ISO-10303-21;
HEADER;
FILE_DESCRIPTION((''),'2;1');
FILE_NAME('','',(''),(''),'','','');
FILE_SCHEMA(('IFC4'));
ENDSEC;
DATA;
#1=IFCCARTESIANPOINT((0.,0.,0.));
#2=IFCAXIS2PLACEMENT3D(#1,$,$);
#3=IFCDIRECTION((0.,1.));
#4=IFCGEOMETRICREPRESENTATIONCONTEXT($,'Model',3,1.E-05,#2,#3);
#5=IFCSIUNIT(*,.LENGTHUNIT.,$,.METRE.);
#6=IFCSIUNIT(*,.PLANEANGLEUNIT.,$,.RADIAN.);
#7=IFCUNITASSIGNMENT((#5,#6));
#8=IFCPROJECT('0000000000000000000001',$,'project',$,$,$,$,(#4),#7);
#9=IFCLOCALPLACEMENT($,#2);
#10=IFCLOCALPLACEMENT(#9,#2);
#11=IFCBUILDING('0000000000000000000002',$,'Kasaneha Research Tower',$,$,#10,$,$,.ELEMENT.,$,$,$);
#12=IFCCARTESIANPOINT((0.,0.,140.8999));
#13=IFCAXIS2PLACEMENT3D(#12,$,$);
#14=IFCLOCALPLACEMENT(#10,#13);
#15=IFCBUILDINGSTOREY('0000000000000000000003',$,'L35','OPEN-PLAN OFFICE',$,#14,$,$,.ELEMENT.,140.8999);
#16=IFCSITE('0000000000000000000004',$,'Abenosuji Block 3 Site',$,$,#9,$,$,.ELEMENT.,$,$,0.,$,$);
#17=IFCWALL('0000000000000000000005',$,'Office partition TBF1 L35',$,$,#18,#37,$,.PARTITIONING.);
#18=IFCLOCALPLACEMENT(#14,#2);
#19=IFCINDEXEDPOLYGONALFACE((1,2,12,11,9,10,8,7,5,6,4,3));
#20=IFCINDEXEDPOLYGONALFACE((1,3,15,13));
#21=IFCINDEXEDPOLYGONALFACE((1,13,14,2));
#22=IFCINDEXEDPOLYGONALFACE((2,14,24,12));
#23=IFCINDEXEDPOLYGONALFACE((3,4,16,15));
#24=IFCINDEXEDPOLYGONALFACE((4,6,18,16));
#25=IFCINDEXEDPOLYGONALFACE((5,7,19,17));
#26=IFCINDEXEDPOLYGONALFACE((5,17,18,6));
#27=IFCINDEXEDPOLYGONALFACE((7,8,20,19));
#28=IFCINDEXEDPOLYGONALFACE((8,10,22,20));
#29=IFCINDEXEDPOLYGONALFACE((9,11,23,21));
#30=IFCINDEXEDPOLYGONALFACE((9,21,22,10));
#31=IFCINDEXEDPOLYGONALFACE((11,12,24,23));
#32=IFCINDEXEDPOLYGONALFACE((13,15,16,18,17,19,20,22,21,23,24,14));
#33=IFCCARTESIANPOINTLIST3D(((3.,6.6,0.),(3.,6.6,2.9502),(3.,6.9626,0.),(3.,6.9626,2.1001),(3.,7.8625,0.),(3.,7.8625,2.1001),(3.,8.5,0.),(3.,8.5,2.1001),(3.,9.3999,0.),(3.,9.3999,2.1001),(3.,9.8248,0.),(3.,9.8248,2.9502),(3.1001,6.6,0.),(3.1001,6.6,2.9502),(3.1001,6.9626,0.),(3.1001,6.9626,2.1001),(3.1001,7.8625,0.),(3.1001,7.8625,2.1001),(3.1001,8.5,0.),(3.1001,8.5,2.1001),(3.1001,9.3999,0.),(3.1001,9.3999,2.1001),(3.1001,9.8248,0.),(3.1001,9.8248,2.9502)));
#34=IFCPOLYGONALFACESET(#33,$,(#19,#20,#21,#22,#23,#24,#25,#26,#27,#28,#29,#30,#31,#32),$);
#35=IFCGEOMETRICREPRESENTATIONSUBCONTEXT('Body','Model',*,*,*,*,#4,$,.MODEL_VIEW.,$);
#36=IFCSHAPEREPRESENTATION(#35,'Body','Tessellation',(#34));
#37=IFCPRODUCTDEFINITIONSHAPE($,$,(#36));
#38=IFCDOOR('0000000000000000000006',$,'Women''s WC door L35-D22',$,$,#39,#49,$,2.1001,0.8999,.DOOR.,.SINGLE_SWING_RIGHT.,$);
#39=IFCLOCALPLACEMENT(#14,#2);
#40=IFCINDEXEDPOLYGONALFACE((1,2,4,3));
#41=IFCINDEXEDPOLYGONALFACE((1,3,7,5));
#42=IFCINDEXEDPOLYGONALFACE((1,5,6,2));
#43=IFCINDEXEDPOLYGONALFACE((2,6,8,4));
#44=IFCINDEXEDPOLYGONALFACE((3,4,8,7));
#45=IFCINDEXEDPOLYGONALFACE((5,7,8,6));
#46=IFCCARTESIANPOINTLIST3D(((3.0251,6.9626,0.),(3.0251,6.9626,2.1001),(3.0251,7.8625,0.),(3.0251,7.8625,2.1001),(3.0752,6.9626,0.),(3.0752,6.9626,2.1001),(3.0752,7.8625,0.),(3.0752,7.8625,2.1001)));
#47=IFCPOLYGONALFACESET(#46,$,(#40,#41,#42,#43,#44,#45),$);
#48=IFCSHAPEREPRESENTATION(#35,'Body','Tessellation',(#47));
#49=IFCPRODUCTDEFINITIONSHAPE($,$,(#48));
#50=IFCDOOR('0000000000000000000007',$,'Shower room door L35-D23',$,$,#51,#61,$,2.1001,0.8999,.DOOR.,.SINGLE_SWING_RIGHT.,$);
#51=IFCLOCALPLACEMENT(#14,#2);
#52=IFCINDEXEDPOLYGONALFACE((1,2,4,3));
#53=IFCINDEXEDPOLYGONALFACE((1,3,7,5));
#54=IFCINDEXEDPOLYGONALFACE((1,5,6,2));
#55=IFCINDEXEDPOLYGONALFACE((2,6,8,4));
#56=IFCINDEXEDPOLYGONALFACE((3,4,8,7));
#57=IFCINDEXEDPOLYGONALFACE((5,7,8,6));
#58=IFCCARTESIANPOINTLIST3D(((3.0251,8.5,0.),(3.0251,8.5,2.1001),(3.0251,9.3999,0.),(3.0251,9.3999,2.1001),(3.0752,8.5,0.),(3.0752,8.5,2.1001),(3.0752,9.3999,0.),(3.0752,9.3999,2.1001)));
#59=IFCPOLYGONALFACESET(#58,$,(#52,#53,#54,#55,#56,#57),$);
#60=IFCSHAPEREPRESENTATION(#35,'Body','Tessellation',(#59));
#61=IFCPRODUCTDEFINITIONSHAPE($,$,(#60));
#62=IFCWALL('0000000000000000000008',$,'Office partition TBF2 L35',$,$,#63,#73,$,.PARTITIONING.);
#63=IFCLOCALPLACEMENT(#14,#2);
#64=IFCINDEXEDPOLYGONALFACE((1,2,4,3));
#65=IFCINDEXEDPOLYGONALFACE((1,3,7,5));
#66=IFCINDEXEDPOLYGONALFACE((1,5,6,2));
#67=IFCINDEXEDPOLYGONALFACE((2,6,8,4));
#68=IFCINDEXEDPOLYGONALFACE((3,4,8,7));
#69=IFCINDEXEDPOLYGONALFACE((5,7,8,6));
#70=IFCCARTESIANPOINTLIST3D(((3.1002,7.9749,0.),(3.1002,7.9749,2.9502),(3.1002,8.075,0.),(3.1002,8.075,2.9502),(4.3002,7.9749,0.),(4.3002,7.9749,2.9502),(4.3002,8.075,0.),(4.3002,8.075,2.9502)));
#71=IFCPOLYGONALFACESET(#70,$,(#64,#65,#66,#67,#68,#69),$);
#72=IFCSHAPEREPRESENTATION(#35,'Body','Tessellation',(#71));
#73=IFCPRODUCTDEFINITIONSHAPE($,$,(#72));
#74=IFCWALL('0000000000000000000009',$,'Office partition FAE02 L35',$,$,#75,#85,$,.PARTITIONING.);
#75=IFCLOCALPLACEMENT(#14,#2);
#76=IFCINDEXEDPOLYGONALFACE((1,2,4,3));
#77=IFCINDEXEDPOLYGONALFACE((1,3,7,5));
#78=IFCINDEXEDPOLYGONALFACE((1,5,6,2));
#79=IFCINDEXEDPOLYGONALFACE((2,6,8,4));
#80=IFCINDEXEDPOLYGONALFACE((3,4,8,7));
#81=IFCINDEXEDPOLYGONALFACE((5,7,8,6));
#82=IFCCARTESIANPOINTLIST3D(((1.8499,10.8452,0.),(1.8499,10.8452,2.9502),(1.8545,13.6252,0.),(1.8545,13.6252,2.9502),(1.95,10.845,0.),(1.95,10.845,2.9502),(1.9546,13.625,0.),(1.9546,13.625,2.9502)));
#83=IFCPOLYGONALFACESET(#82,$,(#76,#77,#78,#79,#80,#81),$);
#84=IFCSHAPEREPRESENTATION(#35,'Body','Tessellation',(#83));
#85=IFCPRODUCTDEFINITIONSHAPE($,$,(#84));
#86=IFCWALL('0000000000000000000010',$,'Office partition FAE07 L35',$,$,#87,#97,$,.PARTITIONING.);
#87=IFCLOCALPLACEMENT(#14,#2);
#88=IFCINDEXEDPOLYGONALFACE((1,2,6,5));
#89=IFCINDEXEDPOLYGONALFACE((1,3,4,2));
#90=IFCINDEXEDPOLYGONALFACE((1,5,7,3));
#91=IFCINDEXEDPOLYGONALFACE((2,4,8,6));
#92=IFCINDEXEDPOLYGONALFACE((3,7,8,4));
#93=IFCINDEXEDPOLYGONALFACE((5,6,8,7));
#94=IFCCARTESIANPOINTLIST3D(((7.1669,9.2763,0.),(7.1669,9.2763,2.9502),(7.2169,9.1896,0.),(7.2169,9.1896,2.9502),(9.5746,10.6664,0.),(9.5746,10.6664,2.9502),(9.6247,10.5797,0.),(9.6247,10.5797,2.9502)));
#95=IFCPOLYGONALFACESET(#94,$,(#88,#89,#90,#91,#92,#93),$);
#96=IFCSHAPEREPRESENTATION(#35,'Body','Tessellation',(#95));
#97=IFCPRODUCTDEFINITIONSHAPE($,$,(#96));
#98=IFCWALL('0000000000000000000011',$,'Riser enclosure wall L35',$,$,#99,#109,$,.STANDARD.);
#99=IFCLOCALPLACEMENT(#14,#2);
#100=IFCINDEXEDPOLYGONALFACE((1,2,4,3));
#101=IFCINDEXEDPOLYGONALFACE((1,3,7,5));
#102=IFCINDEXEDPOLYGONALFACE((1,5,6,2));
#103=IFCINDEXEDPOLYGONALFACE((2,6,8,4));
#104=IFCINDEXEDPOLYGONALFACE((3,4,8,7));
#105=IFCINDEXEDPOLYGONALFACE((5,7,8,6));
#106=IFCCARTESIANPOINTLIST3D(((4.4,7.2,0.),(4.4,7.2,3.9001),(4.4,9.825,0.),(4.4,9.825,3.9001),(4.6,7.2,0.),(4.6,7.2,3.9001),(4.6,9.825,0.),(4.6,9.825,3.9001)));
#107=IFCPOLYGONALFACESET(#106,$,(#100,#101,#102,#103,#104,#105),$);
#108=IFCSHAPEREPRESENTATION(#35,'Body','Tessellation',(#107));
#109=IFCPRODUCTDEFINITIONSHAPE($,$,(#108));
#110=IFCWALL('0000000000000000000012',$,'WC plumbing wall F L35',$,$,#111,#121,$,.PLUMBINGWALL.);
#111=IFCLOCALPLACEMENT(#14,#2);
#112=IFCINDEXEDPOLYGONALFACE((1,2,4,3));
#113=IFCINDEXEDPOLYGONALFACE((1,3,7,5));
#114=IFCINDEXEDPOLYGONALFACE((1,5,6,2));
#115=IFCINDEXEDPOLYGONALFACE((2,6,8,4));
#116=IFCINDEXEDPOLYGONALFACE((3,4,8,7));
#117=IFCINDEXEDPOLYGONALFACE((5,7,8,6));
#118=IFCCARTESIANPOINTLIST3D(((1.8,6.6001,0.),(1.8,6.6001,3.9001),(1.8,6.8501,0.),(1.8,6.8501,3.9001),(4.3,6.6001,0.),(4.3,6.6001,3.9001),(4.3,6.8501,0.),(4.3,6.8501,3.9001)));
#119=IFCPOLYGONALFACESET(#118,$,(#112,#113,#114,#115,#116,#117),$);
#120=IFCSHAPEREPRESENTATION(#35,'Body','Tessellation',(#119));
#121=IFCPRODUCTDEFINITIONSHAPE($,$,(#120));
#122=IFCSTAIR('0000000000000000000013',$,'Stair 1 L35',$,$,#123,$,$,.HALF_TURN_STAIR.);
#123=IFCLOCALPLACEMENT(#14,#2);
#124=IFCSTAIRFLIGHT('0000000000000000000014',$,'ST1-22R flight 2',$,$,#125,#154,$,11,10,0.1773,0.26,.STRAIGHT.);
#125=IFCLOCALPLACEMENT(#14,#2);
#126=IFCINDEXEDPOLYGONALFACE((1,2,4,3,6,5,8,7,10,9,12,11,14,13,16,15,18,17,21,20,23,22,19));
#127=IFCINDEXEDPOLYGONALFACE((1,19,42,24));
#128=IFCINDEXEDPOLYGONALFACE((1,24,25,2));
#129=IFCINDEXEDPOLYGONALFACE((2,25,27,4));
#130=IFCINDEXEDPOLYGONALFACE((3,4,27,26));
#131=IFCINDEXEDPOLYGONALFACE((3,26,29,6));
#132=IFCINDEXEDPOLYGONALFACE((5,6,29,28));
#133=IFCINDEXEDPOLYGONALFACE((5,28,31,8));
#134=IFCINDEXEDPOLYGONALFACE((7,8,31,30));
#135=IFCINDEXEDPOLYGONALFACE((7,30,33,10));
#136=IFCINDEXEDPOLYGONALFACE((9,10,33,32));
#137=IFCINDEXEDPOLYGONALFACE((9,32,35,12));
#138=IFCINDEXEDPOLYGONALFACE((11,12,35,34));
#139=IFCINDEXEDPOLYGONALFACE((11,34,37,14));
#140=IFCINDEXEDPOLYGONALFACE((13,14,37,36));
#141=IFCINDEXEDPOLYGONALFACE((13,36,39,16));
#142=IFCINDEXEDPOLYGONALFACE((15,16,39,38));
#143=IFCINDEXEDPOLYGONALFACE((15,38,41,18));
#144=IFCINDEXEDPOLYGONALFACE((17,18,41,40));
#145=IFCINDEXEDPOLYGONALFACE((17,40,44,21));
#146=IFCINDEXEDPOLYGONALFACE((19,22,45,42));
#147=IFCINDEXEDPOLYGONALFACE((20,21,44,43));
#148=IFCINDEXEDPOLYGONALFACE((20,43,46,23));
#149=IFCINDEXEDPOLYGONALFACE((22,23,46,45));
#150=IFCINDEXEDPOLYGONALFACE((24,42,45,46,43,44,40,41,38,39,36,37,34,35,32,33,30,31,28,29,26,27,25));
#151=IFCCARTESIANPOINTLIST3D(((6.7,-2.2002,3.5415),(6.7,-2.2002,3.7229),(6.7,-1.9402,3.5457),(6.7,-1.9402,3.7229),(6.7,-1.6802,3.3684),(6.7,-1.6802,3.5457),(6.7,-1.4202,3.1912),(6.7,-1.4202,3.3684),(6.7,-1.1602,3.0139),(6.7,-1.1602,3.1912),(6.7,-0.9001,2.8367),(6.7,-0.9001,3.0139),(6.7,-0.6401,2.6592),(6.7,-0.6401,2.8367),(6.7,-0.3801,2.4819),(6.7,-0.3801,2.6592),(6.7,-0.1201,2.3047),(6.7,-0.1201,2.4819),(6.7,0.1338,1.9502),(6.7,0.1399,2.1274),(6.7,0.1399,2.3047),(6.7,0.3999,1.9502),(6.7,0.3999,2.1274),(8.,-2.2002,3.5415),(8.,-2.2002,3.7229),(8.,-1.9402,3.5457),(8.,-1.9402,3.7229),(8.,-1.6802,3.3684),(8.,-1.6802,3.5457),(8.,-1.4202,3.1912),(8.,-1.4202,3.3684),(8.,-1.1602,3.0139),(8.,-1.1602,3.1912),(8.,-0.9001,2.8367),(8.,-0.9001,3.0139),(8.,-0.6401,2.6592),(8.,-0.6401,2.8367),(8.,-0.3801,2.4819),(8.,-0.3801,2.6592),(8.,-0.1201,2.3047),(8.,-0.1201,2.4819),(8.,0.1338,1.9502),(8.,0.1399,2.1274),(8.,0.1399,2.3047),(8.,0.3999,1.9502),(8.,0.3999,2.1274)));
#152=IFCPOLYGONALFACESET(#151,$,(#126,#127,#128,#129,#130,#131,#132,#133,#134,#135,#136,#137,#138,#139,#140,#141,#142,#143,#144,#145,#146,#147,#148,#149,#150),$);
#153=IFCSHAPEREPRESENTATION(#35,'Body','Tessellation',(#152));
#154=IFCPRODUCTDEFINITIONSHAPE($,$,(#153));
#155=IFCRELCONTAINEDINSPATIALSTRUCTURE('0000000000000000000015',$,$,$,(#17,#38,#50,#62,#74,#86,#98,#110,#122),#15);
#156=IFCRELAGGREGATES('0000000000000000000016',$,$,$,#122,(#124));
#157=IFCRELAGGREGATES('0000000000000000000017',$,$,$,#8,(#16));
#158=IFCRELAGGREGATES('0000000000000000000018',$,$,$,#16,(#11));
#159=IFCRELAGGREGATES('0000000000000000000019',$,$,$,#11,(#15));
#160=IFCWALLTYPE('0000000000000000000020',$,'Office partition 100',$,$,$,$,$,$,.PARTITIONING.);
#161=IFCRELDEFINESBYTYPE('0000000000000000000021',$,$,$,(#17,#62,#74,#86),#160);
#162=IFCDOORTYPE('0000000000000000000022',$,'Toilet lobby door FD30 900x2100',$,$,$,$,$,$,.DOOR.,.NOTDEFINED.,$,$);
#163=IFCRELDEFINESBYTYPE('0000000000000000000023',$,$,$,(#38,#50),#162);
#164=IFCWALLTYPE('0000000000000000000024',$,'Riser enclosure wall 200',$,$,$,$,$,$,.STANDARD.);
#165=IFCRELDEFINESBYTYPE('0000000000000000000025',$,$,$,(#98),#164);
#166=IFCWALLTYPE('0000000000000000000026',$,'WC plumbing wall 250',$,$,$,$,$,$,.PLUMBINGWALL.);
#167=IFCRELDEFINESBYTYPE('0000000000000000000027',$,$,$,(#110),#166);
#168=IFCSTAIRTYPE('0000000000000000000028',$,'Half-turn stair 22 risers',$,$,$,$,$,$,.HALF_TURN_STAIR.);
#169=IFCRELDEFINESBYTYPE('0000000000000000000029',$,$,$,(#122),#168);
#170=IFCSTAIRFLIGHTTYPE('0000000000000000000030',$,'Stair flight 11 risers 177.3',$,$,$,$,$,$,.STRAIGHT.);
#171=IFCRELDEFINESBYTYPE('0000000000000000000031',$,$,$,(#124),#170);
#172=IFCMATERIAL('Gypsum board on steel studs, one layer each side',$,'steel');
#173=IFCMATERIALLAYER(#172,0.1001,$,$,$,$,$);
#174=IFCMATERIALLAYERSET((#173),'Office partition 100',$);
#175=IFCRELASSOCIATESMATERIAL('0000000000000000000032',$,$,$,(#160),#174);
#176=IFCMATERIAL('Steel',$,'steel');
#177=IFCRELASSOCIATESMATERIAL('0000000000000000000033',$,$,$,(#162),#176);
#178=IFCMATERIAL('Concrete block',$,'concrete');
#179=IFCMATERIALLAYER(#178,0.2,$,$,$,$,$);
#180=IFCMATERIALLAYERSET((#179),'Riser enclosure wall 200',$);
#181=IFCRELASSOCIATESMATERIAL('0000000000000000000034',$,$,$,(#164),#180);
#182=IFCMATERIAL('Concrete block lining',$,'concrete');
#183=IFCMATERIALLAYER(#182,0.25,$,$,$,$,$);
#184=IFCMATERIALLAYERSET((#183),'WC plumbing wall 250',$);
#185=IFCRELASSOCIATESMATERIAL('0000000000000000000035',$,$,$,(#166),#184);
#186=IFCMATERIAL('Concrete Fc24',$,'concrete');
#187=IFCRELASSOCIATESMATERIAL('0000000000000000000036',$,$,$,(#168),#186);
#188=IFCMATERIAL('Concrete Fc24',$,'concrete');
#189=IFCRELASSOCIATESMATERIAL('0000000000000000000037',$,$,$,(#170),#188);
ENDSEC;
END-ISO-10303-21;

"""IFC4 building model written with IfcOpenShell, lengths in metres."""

from ifc_helpers import new_model, si_unit, direction, frame, frame_2d, origin, place, context, subcontext, project, spatial, polyline, rectangle, outline, extrude, material, layer, layer_set, type_object, element, fill, aggregate, save


model = new_model("IFC4")

# Units and contexts
model_context = context("Model", 3, precision=1e-05, world=origin(), true_north=direction((0.0, 1.0)))
body_context = subcontext(model_context, "Body", "Model", "MODEL_VIEW")
ifc_project = project(units=[si_unit("LENGTHUNIT", "METRE"), si_unit("PLANEANGLEUNIT", "RADIAN")], contexts=[model_context])

# Site, building, storey
site_placement = place(None, origin())
site = spatial("IfcSite", under=ifc_project, at=site_placement, Name="Abenosuji Block 3 Site", CompositionType="ELEMENT", RefElevation=0.0)
building_placement = place(site_placement, origin())
building = spatial("IfcBuilding", under=site, at=building_placement, Name="Kasaneha Research Tower", CompositionType="ELEMENT")
storey_placement = place(building_placement, frame((0.0, 0.0, 140.8999)))
storey = spatial("IfcBuildingStorey", under=building, at=storey_placement, Name="L35", Description="OPEN-PLAN OFFICE", CompositionType="ELEMENT", Elevation=140.8999)

# Wall, openings, doors
ifc_material_1 = material(Name="Gypsum board on steel studs, one layer each side", Category="steel")
ifc_layer_1 = layer(ifc_material_1, 0.1001)
ifc_layer_set_1 = layer_set([ifc_layer_1], Name="Office partition 100")
wall_type_1 = type_object("IfcWallType", Name="Office partition 100", PredefinedType="PARTITIONING", material=ifc_layer_set_1)
wall_1_placement = place(storey_placement, frame((3.05, 6.6001, 0.0), z_axis=(0.0, 0.0, 1.0), x_axis=(0.0, 1.0, 0.0)))
wall_1 = element("IfcWall", 1, at=wall_1_placement, inside=storey, type_object=wall_type_1, Name="Office partition TBF1 L35", PredefinedType="PARTITIONING", context=body_context, shape_type="SweptSolid", body=[
    extrude(rectangle(XDim=3.2249, YDim=0.1001, at=frame_2d((1.6123, 0.0))), origin(), (0.0, 0.0, 1.0), 2.9502),
])
opening_1_placement = place(wall_1_placement, frame((0.3625, 0.0, 0.0)))
opening_1 = element("IfcOpeningElement", 2, at=opening_1_placement, cuts=wall_1, PredefinedType="OPENING", context=body_context, shape_type="SweptSolid", body=[
    extrude(rectangle(XDim=0.8999, YDim=2.1001, at=frame_2d((0.45, 1.05))), frame((0.0, 0.0601, 0.0), z_axis=(0.0, -1.0, 0.0), x_axis=(1.0, 0.0, 0.0)), (0.0, 0.0, 1.0), 0.1201),
])
opening_2_placement = place(wall_1_placement, frame((1.8999, 0.0, 0.0)))
opening_2 = element("IfcOpeningElement", 3, at=opening_2_placement, cuts=wall_1, PredefinedType="OPENING", context=body_context, shape_type="SweptSolid", body=[
    extrude(rectangle(XDim=0.8999, YDim=2.1001, at=frame_2d((0.45, 1.05))), frame((0.0, 0.0601, 0.0), z_axis=(0.0, -1.0, 0.0), x_axis=(1.0, 0.0, 0.0)), (0.0, 0.0, 1.0), 0.1201),
])
ifc_material_2 = material(Name="Steel", Category="steel")
door_type_1 = type_object("IfcDoorType", Name="Toilet lobby door FD30 900x2100", OperationType="NOTDEFINED", PredefinedType="DOOR", material=ifc_material_2)
door_1_placement = place(opening_1_placement, origin())
door_1 = element("IfcDoor", 4, at=door_1_placement, inside=storey, type_object=door_type_1, Name="Women's WC door L35-D22", OperationType="SINGLE_SWING_RIGHT", OverallHeight=2.1001, OverallWidth=0.8999, PredefinedType="DOOR", context=body_context, shape_type="SweptSolid", body=[
    extrude(rectangle(XDim=0.8999, YDim=2.1001, at=frame_2d((0.45, 1.05))), frame((0.0, 0.0249, 0.0), z_axis=(0.0, -1.0, 0.0), x_axis=(1.0, 0.0, 0.0)), (0.0, 0.0, 1.0), 0.05),
])
fill(opening_1, door_1)
door_2_placement = place(opening_2_placement, origin())
door_2 = element("IfcDoor", 5, at=door_2_placement, inside=storey, type_object=door_type_1, Name="Shower room door L35-D23", OperationType="SINGLE_SWING_RIGHT", OverallHeight=2.1001, OverallWidth=0.8999, PredefinedType="DOOR", context=body_context, shape_type="SweptSolid", body=[
    extrude(rectangle(XDim=0.8999, YDim=2.1001, at=frame_2d((0.45, 1.05))), frame((0.0, 0.0249, 0.0), z_axis=(0.0, -1.0, 0.0), x_axis=(1.0, 0.0, 0.0)), (0.0, 0.0, 1.0), 0.05),
])
fill(opening_2, door_2)

# Walls
wall_2_placement = place(storey_placement, frame((3.1001, 8.0249, 0.0), z_axis=(0.0, 0.0, 1.0), x_axis=(1.0, 0.0, 0.0)))
element("IfcWall", 6, at=wall_2_placement, inside=storey, type_object=wall_type_1, Name="Office partition TBF2 L35", PredefinedType="PARTITIONING", context=body_context, shape_type="SweptSolid", body=[
    extrude(rectangle(XDim=1.2, YDim=0.1001, at=frame_2d((0.6001, 0.0))), origin(), (0.0, 0.0, 1.0), 2.9502),
])
wall_3_placement = place(storey_placement, frame((1.8999, 10.845, 0.0), z_axis=(0.0, 0.0, 1.0), x_axis=(0.001669, 0.999999, 0.0)))
element("IfcWall", 7, at=wall_3_placement, inside=storey, type_object=wall_type_1, Name="Office partition FAE02 L35", PredefinedType="PARTITIONING", context=body_context, shape_type="SweptSolid", body=[
    extrude(rectangle(XDim=2.78, YDim=0.1001, at=frame_2d((1.3901, 0.0))), origin(), (0.0, 0.0, 1.0), 2.9502),
])
wall_4_placement = place(storey_placement, frame((7.1919, 9.2329, 0.0), z_axis=(0.0, 0.0, 1.0), x_axis=(0.866019, 0.500011, 0.0)))
element("IfcWall", 8, at=wall_4_placement, inside=storey, type_object=wall_type_1, Name="Office partition FAE07 L35", PredefinedType="PARTITIONING", context=body_context, shape_type="SweptSolid", body=[
    extrude(rectangle(XDim=2.7803, YDim=0.1001, at=frame_2d((1.3901, 0.0))), origin(), (0.0, 0.0, 1.0), 2.9502),
])
ifc_material_3 = material(Name="Concrete block", Category="concrete")
ifc_layer_2 = layer(ifc_material_3, 0.2)
ifc_layer_set_2 = layer_set([ifc_layer_2], Name="Riser enclosure wall 200")
wall_type_2 = type_object("IfcWallType", Name="Riser enclosure wall 200", PredefinedType="STANDARD", material=ifc_layer_set_2)
wall_5_placement = place(storey_placement, frame((4.5, 7.2, 0.0), z_axis=(0.0, 0.0, 1.0), x_axis=(0.0, 1.0, 0.0)))
element("IfcWall", 9, at=wall_5_placement, inside=storey, type_object=wall_type_2, Name="Riser enclosure wall L35", PredefinedType="STANDARD", context=body_context, shape_type="SweptSolid", body=[
    extrude(rectangle(XDim=2.625, YDim=0.2, at=frame_2d((1.3125, 0.0))), origin(), (0.0, 0.0, 1.0), 3.9001),
])
ifc_material_4 = material(Name="Concrete block lining", Category="concrete")
ifc_layer_3 = layer(ifc_material_4, 0.25)
ifc_layer_set_3 = layer_set([ifc_layer_3], Name="WC plumbing wall 250")
wall_type_3 = type_object("IfcWallType", Name="WC plumbing wall 250", PredefinedType="PLUMBINGWALL", material=ifc_layer_set_3)
wall_6_placement = place(storey_placement, frame((1.8, 6.7251, 0.0), z_axis=(0.0, 0.0, 1.0), x_axis=(1.0, 0.0, 0.0)))
element("IfcWall", 10, at=wall_6_placement, inside=storey, type_object=wall_type_3, Name="WC plumbing wall F L35", PredefinedType="PLUMBINGWALL", context=body_context, shape_type="SweptSolid", body=[
    extrude(rectangle(XDim=2.5, YDim=0.25, at=frame_2d((1.25, 0.0))), origin(), (0.0, 0.0, 1.0), 3.9001),
])

# Stair, stair flight
ifc_material_5 = material(Name="Concrete Fc24", Category="concrete")
stair_type = type_object("IfcStairType", Name="Half-turn stair 22 risers", PredefinedType="HALF_TURN_STAIR", material=ifc_material_5)
stair_placement = place(storey_placement, origin())
stair = element("IfcStair", 11, at=stair_placement, inside=storey, type_object=stair_type, Name="Stair 1 L35", PredefinedType="HALF_TURN_STAIR")
ifc_material_6 = material(Name="Concrete Fc24", Category="concrete")
stair_flight_type = type_object("IfcStairFlightType", Name="Stair flight 11 risers 177.3", PredefinedType="STRAIGHT", material=ifc_material_6)
stair_flight_placement = place(storey_placement, frame((7.3501, 0.3999, 1.9502), z_axis=(0.0, 0.0, 1.0), x_axis=(0.0, -1.0, 0.0)))
stair_flight = element("IfcStairFlight", 12, at=stair_flight_placement, type_object=stair_flight_type, Name="ST1-22R flight 2", NumberOfRisers=11, NumberOfTreads=10, PredefinedType="STRAIGHT", RiserHeight=0.1773, TreadLength=0.26, context=body_context, shape_type="SweptSolid", body=[
    extrude(outline(polyline([(0.0, 0.0), (0.0, 0.1772), (0.26, 0.1772), (0.26, 0.3545), (0.52, 0.3545), (0.52, 0.5317), (0.78, 0.5317), (0.78, 0.709), (1.04, 0.709), (1.04, 0.8865), (1.3, 0.8865), (1.3, 1.0637), (1.5601, 1.0637), (1.5601, 1.241), (1.8201, 1.241), (1.8201, 1.4182), (2.0801, 1.4182), (2.0801, 1.5955), (2.3401, 1.5955), (2.3401, 1.7727), (2.6001, 1.7727), (2.6001, 1.95), (2.6001, 1.5913), (0.2661, 0.0), (0.0, 0.0)])), frame((0.0, 0.6499, 0.0), z_axis=(0.0, -1.0, 0.0), x_axis=(1.0, 0.0, 0.0)), (0.0, 0.0, 1.0), 1.3),
])
aggregate(stair, [stair_flight])

save(model, "model.ifc")
